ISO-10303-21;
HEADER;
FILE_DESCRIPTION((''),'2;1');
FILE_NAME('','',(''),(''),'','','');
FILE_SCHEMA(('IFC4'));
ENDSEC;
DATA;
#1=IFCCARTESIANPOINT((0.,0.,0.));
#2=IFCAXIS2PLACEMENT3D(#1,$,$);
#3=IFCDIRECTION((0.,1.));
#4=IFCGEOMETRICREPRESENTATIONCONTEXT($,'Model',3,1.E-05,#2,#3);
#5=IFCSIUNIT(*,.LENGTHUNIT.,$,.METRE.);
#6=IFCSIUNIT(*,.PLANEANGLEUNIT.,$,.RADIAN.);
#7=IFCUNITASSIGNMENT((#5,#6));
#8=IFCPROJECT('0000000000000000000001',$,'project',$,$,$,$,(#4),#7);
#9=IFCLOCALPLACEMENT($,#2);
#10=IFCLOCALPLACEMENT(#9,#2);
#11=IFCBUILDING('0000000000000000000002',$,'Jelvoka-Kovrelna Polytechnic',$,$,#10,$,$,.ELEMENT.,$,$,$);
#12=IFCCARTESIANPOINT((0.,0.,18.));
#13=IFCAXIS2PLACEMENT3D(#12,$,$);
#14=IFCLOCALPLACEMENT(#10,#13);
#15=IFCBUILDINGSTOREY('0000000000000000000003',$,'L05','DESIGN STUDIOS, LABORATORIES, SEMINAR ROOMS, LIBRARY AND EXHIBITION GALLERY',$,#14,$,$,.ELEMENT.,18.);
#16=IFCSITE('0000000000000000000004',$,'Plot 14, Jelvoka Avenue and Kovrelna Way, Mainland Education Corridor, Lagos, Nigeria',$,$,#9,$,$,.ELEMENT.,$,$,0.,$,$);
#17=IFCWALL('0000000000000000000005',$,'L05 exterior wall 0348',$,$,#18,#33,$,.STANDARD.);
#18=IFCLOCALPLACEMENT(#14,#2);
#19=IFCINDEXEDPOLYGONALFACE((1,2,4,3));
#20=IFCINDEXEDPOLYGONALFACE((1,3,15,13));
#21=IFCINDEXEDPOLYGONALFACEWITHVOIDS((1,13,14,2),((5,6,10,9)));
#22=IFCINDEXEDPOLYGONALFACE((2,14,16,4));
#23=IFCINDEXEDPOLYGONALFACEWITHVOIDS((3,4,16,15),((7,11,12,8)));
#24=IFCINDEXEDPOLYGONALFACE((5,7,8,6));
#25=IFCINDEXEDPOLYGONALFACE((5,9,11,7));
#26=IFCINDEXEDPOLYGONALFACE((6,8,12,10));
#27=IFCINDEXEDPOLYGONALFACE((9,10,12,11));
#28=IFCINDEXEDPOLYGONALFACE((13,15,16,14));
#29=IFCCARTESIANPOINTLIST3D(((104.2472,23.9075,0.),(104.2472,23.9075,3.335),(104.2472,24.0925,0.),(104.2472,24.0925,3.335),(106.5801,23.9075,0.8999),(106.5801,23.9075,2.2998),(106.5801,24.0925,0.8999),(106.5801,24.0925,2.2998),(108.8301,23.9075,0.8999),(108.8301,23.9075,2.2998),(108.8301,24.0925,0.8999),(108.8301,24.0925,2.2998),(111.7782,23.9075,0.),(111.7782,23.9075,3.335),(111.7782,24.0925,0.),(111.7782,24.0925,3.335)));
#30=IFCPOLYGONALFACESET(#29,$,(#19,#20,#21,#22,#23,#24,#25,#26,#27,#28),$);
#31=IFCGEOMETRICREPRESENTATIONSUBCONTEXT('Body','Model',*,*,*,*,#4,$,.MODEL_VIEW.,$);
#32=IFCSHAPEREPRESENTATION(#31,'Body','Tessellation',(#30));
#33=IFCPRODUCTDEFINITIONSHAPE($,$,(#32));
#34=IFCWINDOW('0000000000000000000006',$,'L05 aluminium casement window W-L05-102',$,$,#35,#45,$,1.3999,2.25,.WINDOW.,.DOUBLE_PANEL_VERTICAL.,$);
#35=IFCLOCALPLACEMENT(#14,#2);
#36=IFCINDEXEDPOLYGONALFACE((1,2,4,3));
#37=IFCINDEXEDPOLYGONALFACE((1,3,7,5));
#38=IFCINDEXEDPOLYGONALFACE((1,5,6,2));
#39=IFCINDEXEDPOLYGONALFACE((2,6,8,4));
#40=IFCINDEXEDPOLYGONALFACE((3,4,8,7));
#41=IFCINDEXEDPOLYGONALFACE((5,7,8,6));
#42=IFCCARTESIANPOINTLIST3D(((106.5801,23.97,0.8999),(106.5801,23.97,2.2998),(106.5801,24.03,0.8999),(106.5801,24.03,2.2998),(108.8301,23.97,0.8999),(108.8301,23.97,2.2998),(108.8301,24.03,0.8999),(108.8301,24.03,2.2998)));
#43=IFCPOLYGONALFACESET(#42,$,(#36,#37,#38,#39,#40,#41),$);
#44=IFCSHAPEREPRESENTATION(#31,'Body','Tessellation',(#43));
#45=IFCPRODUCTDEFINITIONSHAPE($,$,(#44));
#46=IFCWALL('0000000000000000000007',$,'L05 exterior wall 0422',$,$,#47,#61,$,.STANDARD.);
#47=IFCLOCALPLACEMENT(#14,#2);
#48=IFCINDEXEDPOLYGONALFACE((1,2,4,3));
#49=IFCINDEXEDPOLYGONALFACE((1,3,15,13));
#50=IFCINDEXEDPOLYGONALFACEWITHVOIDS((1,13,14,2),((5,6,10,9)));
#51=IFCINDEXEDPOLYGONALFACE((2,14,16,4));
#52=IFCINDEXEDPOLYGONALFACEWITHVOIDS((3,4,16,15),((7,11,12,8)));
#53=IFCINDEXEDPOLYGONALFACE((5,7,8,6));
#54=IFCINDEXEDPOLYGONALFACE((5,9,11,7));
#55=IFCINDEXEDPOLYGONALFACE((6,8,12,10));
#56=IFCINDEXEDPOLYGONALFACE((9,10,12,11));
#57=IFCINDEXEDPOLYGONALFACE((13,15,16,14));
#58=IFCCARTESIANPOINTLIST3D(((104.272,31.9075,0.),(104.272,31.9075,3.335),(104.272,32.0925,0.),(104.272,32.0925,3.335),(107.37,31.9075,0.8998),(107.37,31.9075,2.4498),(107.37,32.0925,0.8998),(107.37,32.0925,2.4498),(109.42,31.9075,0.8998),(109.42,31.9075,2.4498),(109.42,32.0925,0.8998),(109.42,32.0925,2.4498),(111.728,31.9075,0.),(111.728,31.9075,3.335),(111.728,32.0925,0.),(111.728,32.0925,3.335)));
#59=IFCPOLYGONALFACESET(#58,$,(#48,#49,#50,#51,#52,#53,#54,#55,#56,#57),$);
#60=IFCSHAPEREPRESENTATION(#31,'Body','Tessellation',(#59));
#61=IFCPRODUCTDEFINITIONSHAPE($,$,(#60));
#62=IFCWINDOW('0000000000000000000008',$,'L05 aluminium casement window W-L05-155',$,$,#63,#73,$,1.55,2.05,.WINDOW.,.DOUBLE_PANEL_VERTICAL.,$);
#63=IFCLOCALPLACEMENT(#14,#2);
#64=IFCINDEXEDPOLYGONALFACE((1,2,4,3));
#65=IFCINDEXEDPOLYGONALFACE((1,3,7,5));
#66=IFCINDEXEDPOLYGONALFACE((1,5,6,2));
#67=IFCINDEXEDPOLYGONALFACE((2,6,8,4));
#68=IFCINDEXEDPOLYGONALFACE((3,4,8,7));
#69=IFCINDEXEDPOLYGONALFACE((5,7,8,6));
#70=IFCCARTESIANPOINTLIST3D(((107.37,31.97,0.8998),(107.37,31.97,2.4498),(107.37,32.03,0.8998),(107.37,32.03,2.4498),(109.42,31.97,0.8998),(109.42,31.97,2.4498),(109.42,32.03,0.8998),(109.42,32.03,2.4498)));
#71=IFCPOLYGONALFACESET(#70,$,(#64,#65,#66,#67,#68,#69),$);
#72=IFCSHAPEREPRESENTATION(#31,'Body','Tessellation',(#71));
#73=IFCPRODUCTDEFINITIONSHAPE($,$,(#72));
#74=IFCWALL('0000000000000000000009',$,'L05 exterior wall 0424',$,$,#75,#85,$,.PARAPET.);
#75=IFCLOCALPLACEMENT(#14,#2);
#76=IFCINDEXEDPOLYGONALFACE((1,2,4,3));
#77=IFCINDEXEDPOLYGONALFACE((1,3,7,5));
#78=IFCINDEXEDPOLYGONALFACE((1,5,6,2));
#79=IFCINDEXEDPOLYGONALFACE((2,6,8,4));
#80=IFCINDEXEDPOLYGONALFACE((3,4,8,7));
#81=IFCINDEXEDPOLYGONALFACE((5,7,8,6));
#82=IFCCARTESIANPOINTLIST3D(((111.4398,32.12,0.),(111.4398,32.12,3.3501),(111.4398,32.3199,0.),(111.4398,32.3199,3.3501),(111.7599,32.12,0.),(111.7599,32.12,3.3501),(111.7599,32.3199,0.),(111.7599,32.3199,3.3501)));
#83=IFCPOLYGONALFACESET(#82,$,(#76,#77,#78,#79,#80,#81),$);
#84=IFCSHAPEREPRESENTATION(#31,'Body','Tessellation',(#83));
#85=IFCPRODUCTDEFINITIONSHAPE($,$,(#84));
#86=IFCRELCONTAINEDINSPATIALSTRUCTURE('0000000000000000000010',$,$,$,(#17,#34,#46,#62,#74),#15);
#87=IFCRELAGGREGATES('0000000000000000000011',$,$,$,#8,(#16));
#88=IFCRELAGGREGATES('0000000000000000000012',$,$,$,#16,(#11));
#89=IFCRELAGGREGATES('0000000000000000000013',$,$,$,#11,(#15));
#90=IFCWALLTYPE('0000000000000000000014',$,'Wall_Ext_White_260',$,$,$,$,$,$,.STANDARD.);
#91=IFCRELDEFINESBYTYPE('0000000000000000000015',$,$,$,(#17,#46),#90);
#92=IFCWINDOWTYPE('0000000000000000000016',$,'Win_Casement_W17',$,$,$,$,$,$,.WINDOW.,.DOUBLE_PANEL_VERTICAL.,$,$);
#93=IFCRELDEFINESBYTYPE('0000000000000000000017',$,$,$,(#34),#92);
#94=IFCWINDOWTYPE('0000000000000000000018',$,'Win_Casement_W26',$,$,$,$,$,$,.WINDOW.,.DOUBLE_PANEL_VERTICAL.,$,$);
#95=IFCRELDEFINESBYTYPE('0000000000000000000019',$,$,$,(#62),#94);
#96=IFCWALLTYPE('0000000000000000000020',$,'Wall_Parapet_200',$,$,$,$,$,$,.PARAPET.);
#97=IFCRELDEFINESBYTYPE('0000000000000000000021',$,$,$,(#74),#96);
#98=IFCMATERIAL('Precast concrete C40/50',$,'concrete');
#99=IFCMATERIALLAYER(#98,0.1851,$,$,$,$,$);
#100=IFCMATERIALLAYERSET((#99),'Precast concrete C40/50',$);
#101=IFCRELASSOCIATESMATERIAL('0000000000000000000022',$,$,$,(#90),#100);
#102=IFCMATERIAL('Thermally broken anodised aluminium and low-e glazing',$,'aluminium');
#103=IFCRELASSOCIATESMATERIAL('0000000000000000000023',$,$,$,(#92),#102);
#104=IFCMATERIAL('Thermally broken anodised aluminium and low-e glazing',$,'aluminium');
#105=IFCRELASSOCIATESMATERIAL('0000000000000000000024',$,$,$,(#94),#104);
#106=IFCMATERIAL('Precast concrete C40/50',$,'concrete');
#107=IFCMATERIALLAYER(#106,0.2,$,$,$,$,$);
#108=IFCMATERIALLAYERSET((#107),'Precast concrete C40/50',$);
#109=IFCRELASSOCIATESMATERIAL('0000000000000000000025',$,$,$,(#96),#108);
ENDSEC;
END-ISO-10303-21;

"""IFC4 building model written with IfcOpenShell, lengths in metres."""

from ifc_helpers import new_model, si_unit, direction, frame, frame_2d, origin, place, context, subcontext, project, spatial, rectangle, extrude, material, layer, layer_set, type_object, element, fill, save


model = new_model("IFC4")

# Units and contexts
model_context = context("Model", 3, precision=1e-05, world=origin(), true_north=direction((0.0, 1.0)))
body_context = subcontext(model_context, "Body", "Model", "MODEL_VIEW")
ifc_project = project(units=[si_unit("LENGTHUNIT", "METRE"), si_unit("PLANEANGLEUNIT", "RADIAN")], contexts=[model_context])

# Site, building, storey
site_placement = place(None, origin())
site = spatial("IfcSite", under=ifc_project, at=site_placement, Name="Plot 14, Jelvoka Avenue and Kovrelna Way, Mainland Education Corridor, Lagos, Nigeria", CompositionType="ELEMENT", RefElevation=0.0)
building_placement = place(site_placement, origin())
building = spatial("IfcBuilding", under=site, at=building_placement, Name="Jelvoka-Kovrelna Polytechnic", CompositionType="ELEMENT")
storey_placement = place(building_placement, frame((0.0, 0.0, 18.0)))
storey = spatial("IfcBuildingStorey", under=building, at=storey_placement, Name="L05", Description="DESIGN STUDIOS, LABORATORIES, SEMINAR ROOMS, LIBRARY AND EXHIBITION GALLERY", CompositionType="ELEMENT", Elevation=18.0)

# Walls, openings, windows
ifc_material_1 = material(Name="Precast concrete C40/50", Category="concrete")
ifc_layer_1 = layer(ifc_material_1, 0.1851)
ifc_layer_set_1 = layer_set([ifc_layer_1], Name="Precast concrete C40/50")
wall_type_1 = type_object("IfcWallType", Name="Wall_Ext_White_260", PredefinedType="STANDARD", material=ifc_layer_set_1)
wall_1_placement = place(storey_placement, frame((104.2471, 24.0, 0.0), z_axis=(0.0, 0.0, 1.0), x_axis=(1.0, 0.0, 0.0)))
wall_1 = element("IfcWall", 1, at=wall_1_placement, inside=storey, type_object=wall_type_1, Name="L05 exterior wall 0348", PredefinedType="STANDARD", context=body_context, shape_type="SweptSolid", body=[
    extrude(rectangle(XDim=7.531, YDim=0.1851, at=frame_2d((3.7656, 0.0))), origin(), (0.0, 0.0, 1.0), 3.335),
])
opening_1_placement = place(wall_1_placement, frame((2.333, 0.0, 0.8999)))
opening_1 = element("IfcOpeningElement", 2, at=opening_1_placement, cuts=wall_1, PredefinedType="OPENING", context=body_context, shape_type="SweptSolid", body=[
    extrude(rectangle(XDim=2.25, YDim=1.3999, at=frame_2d((1.125, 0.7))), frame((0.0, 0.1025, 0.0), z_axis=(0.0, -1.0, 0.0), x_axis=(1.0, 0.0, 0.0)), (0.0, 0.0, 1.0), 0.2051),
])
ifc_material_2 = material(Name="Thermally broken anodised aluminium and low-e glazing", Category="aluminium")
window_type_1 = type_object("IfcWindowType", Name="Win_Casement_W17", PartitioningType="DOUBLE_PANEL_VERTICAL", PredefinedType="WINDOW", material=ifc_material_2)
window_1_placement = place(opening_1_placement, origin())
window_1 = element("IfcWindow", 3, at=window_1_placement, inside=storey, type_object=window_type_1, Name="L05 aluminium casement window W-L05-102", OverallHeight=1.3999, OverallWidth=2.25, PartitioningType="DOUBLE_PANEL_VERTICAL", PredefinedType="WINDOW", context=body_context, shape_type="SweptSolid", body=[
    extrude(rectangle(XDim=2.25, YDim=1.3999, at=frame_2d((1.125, 0.7))), frame((0.0, 0.03, 0.0), z_axis=(0.0, -1.0, 0.0), x_axis=(1.0, 0.0, 0.0)), (0.0, 0.0, 1.0), 0.0601),
])
fill(opening_1, window_1)
wall_2_placement = place(storey_placement, frame((111.728, 32.0, 0.0), z_axis=(0.0, 0.0, 1.0), x_axis=(-1.0, 0.0, 0.0)))
wall_2 = element("IfcWall", 4, at=wall_2_placement, inside=storey, type_object=wall_type_1, Name="L05 exterior wall 0422", PredefinedType="STANDARD", context=body_context, shape_type="SweptSolid", body=[
    extrude(rectangle(XDim=7.4561, YDim=0.1851, at=frame_2d((3.728, 0.0))), origin(), (0.0, 0.0, 1.0), 3.335),
])
opening_2_placement = place(wall_2_placement, frame((2.3081, 0.0, 0.8999)))
opening_2 = element("IfcOpeningElement", 5, at=opening_2_placement, cuts=wall_2, PredefinedType="OPENING", context=body_context, shape_type="SweptSolid", body=[
    extrude(rectangle(XDim=2.05, YDim=1.55, at=frame_2d((1.0249, 0.7749))), frame((0.0, 0.1025, 0.0), z_axis=(0.0, -1.0, 0.0), x_axis=(1.0, 0.0, 0.0)), (0.0, 0.0, 1.0), 0.2051),
])
ifc_material_3 = material(Name="Thermally broken anodised aluminium and low-e glazing", Category="aluminium")
window_type_2 = type_object("IfcWindowType", Name="Win_Casement_W26", PartitioningType="DOUBLE_PANEL_VERTICAL", PredefinedType="WINDOW", material=ifc_material_3)
window_2_placement = place(opening_2_placement, origin())
window_2 = element("IfcWindow", 6, at=window_2_placement, inside=storey, type_object=window_type_2, Name="L05 aluminium casement window W-L05-155", OverallHeight=1.55, OverallWidth=2.05, PartitioningType="DOUBLE_PANEL_VERTICAL", PredefinedType="WINDOW", context=body_context, shape_type="SweptSolid", body=[
    extrude(rectangle(XDim=2.05, YDim=1.55, at=frame_2d((1.0249, 0.7749))), frame((0.0, 0.03, 0.0), z_axis=(0.0, -1.0, 0.0), x_axis=(1.0, 0.0, 0.0)), (0.0, 0.0, 1.0), 0.0601),
])
fill(opening_2, window_2)

# Wall
ifc_material_4 = material(Name="Precast concrete C40/50", Category="concrete")
ifc_layer_2 = layer(ifc_material_4, 0.2)
ifc_layer_set_2 = layer_set([ifc_layer_2], Name="Precast concrete C40/50")
wall_type_2 = type_object("IfcWallType", Name="Wall_Parapet_200", PredefinedType="PARAPET", material=ifc_layer_set_2)
wall_3_placement = place(storey_placement, frame((111.76, 32.22, 0.0), z_axis=(0.0, 0.0, 1.0), x_axis=(-1.0, 0.0, 0.0)))
element("IfcWall", 7, at=wall_3_placement, inside=storey, type_object=wall_type_2, Name="L05 exterior wall 0424", PredefinedType="PARAPET", context=body_context, shape_type="SweptSolid", body=[
    extrude(rectangle(XDim=0.3201, YDim=0.2, at=frame_2d((0.1602, 0.0))), origin(), (0.0, 0.0, 1.0), 3.3501),
])

save(model, "model.ifc")
